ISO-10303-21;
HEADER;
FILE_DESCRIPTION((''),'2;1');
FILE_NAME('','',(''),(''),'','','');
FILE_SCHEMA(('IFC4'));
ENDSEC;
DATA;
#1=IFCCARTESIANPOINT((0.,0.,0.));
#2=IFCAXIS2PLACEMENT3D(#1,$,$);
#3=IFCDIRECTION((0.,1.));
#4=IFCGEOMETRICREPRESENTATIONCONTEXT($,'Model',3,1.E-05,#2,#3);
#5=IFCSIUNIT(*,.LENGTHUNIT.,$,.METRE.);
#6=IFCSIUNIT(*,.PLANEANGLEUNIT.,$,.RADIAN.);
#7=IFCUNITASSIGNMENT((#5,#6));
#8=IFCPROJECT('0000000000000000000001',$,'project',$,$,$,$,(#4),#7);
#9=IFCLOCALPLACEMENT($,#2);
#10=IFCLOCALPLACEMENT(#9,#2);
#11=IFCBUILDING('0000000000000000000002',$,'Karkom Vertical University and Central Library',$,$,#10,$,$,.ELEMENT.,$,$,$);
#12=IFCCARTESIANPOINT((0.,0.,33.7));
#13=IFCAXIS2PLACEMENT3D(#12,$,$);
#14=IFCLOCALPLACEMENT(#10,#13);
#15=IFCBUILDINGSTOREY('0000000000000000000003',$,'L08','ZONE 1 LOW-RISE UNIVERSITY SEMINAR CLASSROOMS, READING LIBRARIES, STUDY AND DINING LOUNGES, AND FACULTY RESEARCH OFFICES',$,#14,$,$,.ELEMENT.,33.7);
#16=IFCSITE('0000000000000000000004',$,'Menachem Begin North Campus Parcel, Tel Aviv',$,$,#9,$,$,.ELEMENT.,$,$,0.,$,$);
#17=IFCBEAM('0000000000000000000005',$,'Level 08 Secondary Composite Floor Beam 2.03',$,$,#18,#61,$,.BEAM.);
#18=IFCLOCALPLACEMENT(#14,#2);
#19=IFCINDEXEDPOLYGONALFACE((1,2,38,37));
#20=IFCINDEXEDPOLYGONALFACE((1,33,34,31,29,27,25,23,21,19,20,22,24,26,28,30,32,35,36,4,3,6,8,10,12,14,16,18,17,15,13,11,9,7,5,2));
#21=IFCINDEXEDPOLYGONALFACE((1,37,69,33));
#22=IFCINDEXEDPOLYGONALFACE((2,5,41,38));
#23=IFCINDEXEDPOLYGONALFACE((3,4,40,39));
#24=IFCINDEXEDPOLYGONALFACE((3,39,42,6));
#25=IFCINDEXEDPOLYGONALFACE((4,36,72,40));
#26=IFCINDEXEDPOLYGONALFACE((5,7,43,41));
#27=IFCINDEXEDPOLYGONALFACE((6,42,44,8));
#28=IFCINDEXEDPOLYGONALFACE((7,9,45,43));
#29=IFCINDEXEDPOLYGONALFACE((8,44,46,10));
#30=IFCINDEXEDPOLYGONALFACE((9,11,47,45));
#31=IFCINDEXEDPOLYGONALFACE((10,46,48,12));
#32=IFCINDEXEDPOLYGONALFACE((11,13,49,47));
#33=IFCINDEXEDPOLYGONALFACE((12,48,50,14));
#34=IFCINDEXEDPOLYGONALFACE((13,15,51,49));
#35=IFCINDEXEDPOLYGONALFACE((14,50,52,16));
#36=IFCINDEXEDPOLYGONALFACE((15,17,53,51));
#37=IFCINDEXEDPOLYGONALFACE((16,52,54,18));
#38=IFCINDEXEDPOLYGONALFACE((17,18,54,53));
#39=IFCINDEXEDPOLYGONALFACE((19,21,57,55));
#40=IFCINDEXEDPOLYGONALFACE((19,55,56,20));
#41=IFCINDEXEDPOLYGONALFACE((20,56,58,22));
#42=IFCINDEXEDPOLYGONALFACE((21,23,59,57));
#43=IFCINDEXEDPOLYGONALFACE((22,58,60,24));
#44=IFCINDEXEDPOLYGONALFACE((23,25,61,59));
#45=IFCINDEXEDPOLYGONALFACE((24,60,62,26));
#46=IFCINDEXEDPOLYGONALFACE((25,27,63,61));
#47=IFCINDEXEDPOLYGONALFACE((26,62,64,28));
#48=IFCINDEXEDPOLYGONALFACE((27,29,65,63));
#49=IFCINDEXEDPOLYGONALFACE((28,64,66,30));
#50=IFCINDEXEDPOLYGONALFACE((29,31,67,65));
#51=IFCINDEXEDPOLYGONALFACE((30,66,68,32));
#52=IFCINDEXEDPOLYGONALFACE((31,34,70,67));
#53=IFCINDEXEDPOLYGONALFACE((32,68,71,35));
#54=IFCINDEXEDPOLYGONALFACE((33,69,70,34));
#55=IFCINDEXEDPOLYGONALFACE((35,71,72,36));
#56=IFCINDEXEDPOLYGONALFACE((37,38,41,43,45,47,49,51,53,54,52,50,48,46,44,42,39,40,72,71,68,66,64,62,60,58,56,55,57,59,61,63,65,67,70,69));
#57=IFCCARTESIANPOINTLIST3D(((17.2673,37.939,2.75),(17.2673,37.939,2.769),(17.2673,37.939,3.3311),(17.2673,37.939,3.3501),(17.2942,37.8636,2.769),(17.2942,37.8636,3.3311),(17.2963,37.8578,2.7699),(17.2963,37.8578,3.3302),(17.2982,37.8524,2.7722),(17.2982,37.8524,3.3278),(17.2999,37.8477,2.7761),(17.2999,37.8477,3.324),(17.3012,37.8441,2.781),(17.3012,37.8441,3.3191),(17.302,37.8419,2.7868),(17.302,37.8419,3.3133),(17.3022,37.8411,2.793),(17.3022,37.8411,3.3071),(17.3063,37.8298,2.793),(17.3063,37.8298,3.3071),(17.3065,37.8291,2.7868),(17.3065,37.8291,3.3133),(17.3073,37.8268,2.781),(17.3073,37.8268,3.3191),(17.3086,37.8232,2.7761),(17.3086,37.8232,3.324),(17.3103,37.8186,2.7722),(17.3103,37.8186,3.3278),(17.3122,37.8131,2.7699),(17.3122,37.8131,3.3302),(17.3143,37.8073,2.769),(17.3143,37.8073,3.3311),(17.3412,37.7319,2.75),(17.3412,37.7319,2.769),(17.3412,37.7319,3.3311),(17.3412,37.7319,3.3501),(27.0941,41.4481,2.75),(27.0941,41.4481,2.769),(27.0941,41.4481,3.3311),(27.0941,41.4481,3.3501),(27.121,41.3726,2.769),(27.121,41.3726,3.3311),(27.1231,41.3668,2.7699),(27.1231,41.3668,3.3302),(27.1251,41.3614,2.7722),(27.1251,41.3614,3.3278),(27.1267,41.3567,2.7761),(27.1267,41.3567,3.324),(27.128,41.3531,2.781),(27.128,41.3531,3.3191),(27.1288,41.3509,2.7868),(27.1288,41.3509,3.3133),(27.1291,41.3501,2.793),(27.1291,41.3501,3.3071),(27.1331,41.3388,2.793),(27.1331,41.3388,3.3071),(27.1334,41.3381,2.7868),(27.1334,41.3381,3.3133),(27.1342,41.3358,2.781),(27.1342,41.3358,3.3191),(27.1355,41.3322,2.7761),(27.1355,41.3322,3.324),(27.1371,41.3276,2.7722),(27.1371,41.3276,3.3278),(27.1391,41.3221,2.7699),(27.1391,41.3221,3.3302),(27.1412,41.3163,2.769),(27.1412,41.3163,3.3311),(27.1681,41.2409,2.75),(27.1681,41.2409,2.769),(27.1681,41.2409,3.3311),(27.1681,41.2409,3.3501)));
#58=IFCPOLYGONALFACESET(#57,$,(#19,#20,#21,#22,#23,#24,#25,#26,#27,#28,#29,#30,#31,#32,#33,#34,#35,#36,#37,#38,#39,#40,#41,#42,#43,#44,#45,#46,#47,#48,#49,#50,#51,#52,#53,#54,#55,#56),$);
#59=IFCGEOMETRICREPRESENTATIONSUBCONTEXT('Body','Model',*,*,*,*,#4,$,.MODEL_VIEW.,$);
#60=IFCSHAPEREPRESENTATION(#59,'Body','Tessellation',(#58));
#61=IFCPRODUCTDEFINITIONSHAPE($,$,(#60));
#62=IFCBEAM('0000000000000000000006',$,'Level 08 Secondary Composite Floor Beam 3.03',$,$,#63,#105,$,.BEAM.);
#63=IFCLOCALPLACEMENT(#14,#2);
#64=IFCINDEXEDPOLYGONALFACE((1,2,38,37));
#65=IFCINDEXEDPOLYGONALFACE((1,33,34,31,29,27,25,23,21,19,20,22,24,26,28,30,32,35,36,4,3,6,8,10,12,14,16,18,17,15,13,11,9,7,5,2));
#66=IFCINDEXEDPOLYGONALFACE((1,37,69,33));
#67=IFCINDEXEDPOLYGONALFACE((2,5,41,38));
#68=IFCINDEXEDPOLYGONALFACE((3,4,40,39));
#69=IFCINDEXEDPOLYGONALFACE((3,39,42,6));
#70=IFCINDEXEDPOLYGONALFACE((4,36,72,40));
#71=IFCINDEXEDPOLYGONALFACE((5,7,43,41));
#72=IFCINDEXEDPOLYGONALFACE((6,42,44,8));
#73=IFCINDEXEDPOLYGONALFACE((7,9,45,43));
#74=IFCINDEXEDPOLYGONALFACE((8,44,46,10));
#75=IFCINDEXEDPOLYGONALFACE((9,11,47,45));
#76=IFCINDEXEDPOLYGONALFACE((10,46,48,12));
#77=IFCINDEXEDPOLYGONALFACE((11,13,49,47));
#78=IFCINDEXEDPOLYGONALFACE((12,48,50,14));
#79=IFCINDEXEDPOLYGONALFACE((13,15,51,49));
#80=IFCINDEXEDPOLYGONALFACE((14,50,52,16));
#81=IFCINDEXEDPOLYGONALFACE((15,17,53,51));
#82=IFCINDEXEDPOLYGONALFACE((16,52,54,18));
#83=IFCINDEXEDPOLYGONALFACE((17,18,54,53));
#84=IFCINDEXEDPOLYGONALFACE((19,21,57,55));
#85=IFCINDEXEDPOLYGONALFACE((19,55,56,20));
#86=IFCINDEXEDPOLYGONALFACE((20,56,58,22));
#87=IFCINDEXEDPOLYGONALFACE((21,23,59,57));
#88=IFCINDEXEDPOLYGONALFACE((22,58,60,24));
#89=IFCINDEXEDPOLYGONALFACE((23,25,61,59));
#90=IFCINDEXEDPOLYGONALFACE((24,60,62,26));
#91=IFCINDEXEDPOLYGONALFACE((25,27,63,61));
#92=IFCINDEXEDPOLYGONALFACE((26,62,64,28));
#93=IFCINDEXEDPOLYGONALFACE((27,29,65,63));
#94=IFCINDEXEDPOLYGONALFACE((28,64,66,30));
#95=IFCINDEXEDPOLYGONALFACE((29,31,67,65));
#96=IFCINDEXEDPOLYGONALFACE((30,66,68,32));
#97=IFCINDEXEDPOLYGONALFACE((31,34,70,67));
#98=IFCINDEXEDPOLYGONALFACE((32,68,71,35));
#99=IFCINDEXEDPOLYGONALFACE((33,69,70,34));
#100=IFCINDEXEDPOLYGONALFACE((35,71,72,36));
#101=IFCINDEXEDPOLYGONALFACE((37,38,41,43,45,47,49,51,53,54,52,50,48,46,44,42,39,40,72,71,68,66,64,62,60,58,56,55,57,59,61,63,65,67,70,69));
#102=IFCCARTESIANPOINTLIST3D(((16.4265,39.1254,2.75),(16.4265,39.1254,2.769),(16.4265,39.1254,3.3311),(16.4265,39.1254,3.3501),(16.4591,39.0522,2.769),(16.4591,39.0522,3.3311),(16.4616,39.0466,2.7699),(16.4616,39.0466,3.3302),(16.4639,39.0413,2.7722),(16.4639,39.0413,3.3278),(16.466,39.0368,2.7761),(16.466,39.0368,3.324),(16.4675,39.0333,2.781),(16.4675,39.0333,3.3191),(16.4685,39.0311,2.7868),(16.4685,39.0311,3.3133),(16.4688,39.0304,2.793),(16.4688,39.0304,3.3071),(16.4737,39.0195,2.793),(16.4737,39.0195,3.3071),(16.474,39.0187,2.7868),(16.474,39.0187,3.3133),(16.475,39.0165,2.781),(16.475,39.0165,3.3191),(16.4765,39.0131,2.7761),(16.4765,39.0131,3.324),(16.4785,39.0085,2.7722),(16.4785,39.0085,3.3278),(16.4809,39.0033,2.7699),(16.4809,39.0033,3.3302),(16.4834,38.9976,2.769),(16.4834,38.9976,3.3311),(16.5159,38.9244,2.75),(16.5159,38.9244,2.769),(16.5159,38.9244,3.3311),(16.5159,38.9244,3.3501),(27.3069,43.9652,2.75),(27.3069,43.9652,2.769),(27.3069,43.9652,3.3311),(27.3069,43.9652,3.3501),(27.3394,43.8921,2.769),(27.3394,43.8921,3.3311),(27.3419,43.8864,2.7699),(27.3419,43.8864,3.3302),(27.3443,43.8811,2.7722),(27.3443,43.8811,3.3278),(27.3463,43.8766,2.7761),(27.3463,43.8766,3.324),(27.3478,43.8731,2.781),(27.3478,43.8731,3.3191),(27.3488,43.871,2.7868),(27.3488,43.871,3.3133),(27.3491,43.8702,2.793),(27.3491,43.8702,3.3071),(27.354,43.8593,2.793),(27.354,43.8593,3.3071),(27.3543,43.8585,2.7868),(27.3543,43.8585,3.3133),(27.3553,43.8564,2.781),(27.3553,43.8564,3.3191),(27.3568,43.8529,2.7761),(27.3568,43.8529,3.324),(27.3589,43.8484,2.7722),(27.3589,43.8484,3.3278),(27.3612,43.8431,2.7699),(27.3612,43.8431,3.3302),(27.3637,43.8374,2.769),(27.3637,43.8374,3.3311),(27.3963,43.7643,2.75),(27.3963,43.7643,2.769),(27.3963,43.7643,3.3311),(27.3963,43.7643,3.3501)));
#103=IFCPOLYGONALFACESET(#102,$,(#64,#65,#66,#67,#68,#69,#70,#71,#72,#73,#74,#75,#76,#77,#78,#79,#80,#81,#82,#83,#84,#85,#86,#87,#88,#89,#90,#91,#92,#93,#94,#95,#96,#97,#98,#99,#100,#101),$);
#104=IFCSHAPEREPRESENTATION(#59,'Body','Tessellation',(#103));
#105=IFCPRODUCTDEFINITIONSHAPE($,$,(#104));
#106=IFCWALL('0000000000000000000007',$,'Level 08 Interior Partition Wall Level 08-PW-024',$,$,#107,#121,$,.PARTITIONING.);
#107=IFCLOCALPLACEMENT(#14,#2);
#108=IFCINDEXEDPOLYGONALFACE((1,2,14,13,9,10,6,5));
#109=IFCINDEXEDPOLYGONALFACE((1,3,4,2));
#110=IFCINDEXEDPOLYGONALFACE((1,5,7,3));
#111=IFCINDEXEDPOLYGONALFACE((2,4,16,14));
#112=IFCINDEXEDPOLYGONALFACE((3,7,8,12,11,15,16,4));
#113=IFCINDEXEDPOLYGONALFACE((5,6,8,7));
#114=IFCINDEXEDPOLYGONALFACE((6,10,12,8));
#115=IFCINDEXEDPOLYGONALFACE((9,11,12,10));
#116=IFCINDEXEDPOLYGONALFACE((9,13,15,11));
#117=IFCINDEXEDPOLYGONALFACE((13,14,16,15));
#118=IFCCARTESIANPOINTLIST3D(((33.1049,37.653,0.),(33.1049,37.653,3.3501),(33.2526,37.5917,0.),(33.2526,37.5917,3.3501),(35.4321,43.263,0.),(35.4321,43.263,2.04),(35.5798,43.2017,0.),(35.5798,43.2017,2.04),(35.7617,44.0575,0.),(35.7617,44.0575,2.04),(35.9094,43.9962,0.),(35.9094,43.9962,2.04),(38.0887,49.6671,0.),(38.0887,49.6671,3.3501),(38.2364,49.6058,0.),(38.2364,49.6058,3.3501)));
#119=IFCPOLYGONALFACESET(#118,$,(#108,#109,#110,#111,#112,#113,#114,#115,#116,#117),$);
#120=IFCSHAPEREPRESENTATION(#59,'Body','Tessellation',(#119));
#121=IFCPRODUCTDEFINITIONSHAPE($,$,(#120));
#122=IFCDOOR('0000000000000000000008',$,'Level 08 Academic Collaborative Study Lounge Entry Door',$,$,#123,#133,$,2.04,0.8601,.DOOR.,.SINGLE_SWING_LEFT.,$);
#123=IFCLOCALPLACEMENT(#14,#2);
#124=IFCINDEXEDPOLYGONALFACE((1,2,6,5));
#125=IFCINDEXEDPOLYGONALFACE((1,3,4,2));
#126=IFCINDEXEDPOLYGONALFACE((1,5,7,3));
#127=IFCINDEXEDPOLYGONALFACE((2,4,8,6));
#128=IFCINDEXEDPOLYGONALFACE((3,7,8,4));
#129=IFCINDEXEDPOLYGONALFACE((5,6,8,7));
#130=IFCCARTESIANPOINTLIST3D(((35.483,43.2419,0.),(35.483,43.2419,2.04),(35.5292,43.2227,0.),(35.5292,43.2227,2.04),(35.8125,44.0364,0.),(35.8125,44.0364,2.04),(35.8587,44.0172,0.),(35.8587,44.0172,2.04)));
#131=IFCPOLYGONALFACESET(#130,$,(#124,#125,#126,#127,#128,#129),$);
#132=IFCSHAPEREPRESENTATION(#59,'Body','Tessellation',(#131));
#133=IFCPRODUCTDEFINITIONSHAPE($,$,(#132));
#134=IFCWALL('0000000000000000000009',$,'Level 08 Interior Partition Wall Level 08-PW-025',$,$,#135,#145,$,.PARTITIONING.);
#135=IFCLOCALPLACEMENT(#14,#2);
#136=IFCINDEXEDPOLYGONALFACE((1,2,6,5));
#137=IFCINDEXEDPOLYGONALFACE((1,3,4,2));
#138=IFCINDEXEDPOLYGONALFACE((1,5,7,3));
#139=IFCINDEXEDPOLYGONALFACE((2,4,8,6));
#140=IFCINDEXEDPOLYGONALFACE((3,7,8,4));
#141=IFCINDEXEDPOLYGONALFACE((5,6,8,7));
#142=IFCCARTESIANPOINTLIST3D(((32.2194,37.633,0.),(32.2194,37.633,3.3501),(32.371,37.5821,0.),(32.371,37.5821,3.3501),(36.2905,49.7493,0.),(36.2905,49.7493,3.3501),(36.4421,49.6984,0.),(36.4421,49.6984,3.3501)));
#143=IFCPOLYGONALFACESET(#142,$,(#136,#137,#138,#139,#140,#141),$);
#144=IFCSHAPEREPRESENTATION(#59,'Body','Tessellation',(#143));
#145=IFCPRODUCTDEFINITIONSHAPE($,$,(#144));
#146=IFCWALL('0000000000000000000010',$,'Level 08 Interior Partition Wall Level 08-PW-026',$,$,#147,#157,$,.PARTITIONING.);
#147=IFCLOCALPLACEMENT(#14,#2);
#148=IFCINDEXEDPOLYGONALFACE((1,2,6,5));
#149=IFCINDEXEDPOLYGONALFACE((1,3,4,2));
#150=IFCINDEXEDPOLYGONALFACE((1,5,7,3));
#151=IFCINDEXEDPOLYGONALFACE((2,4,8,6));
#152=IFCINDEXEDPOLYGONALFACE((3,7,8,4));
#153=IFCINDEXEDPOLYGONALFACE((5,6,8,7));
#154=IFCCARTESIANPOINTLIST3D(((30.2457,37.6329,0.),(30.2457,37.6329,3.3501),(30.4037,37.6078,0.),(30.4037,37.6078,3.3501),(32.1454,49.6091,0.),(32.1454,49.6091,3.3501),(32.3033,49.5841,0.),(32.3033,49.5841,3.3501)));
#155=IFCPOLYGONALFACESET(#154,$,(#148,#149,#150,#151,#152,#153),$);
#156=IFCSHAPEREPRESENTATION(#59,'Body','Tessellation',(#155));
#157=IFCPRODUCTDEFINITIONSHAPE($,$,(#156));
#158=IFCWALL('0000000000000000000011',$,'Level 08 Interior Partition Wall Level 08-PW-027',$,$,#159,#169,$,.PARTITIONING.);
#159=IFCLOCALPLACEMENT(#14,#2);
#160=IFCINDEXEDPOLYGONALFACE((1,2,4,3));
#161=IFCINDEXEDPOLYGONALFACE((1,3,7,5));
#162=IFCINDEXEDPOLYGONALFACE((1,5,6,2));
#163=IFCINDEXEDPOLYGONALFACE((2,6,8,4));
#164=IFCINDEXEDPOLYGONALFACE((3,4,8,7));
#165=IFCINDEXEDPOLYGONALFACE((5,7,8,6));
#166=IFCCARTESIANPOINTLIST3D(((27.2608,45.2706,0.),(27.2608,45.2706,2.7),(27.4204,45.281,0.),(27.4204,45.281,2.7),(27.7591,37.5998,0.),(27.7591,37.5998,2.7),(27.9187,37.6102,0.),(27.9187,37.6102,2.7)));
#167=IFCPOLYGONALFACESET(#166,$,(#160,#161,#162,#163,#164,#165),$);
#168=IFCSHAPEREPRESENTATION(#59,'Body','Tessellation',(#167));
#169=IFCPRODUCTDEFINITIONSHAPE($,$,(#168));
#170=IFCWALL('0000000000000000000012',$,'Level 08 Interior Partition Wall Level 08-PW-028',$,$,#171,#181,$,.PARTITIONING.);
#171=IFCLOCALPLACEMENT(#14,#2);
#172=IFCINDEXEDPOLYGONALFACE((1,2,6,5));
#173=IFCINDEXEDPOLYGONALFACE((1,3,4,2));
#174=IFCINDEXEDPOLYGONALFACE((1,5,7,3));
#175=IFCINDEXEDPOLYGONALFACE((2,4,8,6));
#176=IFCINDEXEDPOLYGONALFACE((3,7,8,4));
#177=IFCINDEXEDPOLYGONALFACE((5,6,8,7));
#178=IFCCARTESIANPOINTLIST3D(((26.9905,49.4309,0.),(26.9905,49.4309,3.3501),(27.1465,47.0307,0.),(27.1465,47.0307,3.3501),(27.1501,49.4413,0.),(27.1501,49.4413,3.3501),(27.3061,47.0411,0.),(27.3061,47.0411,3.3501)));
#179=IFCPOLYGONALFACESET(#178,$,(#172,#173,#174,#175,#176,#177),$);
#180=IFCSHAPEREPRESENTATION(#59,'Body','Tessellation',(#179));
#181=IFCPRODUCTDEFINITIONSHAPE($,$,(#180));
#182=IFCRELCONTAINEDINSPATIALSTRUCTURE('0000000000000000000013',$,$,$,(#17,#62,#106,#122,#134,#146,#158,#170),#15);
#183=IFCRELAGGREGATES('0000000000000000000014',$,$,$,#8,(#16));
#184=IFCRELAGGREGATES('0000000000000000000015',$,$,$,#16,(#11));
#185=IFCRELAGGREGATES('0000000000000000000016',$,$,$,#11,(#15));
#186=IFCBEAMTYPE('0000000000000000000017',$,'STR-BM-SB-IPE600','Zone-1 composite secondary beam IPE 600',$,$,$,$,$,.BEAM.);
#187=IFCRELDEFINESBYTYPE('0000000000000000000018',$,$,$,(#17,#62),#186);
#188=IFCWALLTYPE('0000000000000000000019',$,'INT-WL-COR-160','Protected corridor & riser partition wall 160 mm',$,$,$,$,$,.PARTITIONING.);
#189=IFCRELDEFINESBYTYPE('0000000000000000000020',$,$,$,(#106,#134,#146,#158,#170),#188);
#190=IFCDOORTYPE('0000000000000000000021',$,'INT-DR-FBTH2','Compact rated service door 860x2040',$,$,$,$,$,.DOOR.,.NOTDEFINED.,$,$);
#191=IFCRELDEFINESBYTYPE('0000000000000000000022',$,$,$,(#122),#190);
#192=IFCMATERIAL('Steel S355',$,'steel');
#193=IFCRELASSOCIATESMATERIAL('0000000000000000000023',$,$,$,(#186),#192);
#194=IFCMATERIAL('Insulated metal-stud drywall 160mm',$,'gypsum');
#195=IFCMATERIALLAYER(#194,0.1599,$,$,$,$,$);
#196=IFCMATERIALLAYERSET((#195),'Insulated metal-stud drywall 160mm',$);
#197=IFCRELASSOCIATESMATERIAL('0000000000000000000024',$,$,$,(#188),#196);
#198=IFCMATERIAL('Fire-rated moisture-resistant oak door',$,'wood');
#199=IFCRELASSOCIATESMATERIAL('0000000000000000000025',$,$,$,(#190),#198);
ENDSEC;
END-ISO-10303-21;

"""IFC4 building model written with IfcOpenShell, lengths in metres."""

from ifc_helpers import new_model, si_unit, direction, frame, frame_2d, origin, origin_with_axes, origin_2d, place, context, subcontext, project, spatial, rectangle, i_section, extrude, source, transform, mapped, material, layer, layer_set, material_profile, profile_set, type_object, element, fill, save


model = new_model("IFC4")

# Units and contexts
model_context = context("Model", 3, precision=1e-05, world=origin(), true_north=direction((0.0, 1.0)))
body_context = subcontext(model_context, "Body", "Model", "MODEL_VIEW")
ifc_project = project(units=[si_unit("LENGTHUNIT", "METRE"), si_unit("PLANEANGLEUNIT", "RADIAN")], contexts=[model_context])

# Site, building, storey
site_placement = place(None, origin())
site = spatial("IfcSite", under=ifc_project, at=site_placement, Name="Menachem Begin North Campus Parcel, Tel Aviv", CompositionType="ELEMENT", RefElevation=0.0)
building_placement = place(site_placement, origin())
building = spatial("IfcBuilding", under=site, at=building_placement, Name="Karkom Vertical University and Central Library", CompositionType="ELEMENT")
storey_placement = place(building_placement, frame((0.0, 0.0, 33.7)))
storey = spatial("IfcBuildingStorey", under=building, at=storey_placement, Name="L08", Description="ZONE 1 LOW-RISE UNIVERSITY SEMINAR CLASSROOMS, READING LIBRARIES, STUDY AND DINING LOUNGES, AND FACULTY RESEARCH OFFICES", CompositionType="ELEMENT", Elevation=33.7)

# Beams
ifc_material_1 = material(Name="Steel S355", Category="steel")
ifc_material_profile_1 = material_profile(ifc_material_1, i_section(OverallWidth=0.22, OverallDepth=0.6001, WebThickness=0.012, FlangeThickness=0.019, FilletRadius=0.0239, at=origin_2d()), Name="IPE 600")
ifc_profile_set_1 = profile_set([ifc_material_profile_1], Name="Steel S355")
beam_type_1 = type_object("IfcBeamType", Name="STR-BM-SB-IPE600", Description="Zone-1 composite secondary beam IPE 600", PredefinedType="BEAM", material=ifc_profile_set_1)
shared_shape_1 = source(origin_with_axes(), body_context, "Body", "SweptSolid", [
    extrude(i_section(OverallWidth=0.22, OverallDepth=0.6001, WebThickness=0.012, FlangeThickness=0.019, FilletRadius=0.0239, at=origin_2d()), origin(), (0.0, 0.0, 1.0), 10.4346),
])
beam_1_placement = place(storey_placement, frame((27.1311, 41.3445, 3.05), z_axis=(-0.941759, -0.336287, 0.0), x_axis=(0.336287, -0.941759, 0.0)))
element("IfcBeam", 1, at=beam_1_placement, inside=storey, type_object=beam_type_1, Name="Level 08 Secondary Composite Floor Beam 2.03", PredefinedType="BEAM", context=body_context, shape_type="MappedRepresentation", body=[
    mapped(shared_shape_1, transform((0.0, 0.0, 0.0), scale=1.0)),
])
shared_shape_2 = source(origin_with_axes(), body_context, "Body", "SweptSolid", [
    extrude(i_section(OverallWidth=0.22, OverallDepth=0.6001, WebThickness=0.012, FlangeThickness=0.019, FilletRadius=0.0239, at=origin_2d()), origin(), (0.0, 0.0, 1.0), 11.9082),
])
beam_2_placement = place(storey_placement, frame((27.3516, 43.8647, 3.05), z_axis=(-0.913683, -0.406428, 0.0), x_axis=(0.406428, -0.913683, 0.0)))
element("IfcBeam", 2, at=beam_2_placement, inside=storey, type_object=beam_type_1, Name="Level 08 Secondary Composite Floor Beam 3.03", PredefinedType="BEAM", context=body_context, shape_type="MappedRepresentation", body=[
    mapped(shared_shape_2, transform((0.0, 0.0, 0.0), scale=1.0)),
])

# Wall, opening, door
ifc_material_2 = material(Name="Insulated metal-stud drywall 160mm", Category="gypsum")
ifc_layer_1 = layer(ifc_material_2, 0.1599)
ifc_layer_set_1 = layer_set([ifc_layer_1], Name="Insulated metal-stud drywall 160mm")
wall_type_1 = type_object("IfcWallType", Name="INT-WL-COR-160", Description="Protected corridor & riser partition wall 160 mm", PredefinedType="PARTITIONING", material=ifc_layer_set_1)
wall_1_placement = place(storey_placement, frame((33.1787, 37.6223, 0.0), z_axis=(0.0, 0.0, 1.0), x_axis=(0.383173, 0.923677, 0.0)))
wall_1 = element("IfcWall", 3, at=wall_1_placement, inside=storey, type_object=wall_type_1, Name="Level 08 Interior Partition Wall Level 08-PW-024", PredefinedType="PARTITIONING", context=body_context, shape_type="SweptSolid", body=[
    extrude(rectangle(XDim=13.0068, YDim=0.1599, at=frame_2d((6.5034, 0.0))), origin(), (0.0, 0.0, 1.0), 3.3501),
])
opening_1_placement = place(wall_1_placement, frame((6.0735, 0.0, 0.0)))
opening_1 = element("IfcOpeningElement", 4, at=opening_1_placement, cuts=wall_1, PredefinedType="OPENING", context=body_context, shape_type="SweptSolid", body=[
    extrude(rectangle(XDim=0.8601, YDim=2.04, at=frame_2d((0.4302, 1.02))), frame((0.0, 0.0898, 0.0), z_axis=(0.0, -1.0, 0.0), x_axis=(1.0, 0.0, 0.0)), (0.0, 0.0, 1.0), 0.1799),
])
ifc_material_3 = material(Name="Fire-rated moisture-resistant oak door", Category="wood")
door_type_1 = type_object("IfcDoorType", Name="INT-DR-FBTH2", Description="Compact rated service door 860x2040", OperationType="NOTDEFINED", PredefinedType="DOOR", material=ifc_material_3)
shared_shape_3 = source(origin_with_axes(), body_context, "Body", "SweptSolid", [
    extrude(rectangle(XDim=0.8601, YDim=2.04, at=frame_2d((0.4302, 1.02))), frame((0.0, 0.0249, 0.0), z_axis=(0.0, -1.0, 0.0), x_axis=(1.0, 0.0, 0.0)), (0.0, 0.0, 1.0), 0.05),
])
door_1_placement = place(opening_1_placement, origin())
door_1 = element("IfcDoor", 5, at=door_1_placement, inside=storey, type_object=door_type_1, Name="Level 08 Academic Collaborative Study Lounge Entry Door", OperationType="SINGLE_SWING_LEFT", OverallHeight=2.04, OverallWidth=0.8601, PredefinedType="DOOR", context=body_context, shape_type="MappedRepresentation", body=[
    mapped(shared_shape_3, transform((0.0, 0.0, 0.0), scale=1.0)),
])
fill(opening_1, door_1)

# Walls
wall_2_placement = place(storey_placement, frame((32.2952, 37.6074, 0.0), z_axis=(0.0, 0.0, 1.0), x_axis=(0.318502, 0.947922, 0.0)))
element("IfcWall", 6, at=wall_2_placement, inside=storey, type_object=wall_type_1, Name="Level 08 Interior Partition Wall Level 08-PW-025", PredefinedType="PARTITIONING", context=body_context, shape_type="SweptSolid", body=[
    extrude(rectangle(XDim=12.782, YDim=0.1599, at=frame_2d((6.3911, 0.0))), origin(), (0.0, 0.0, 1.0), 3.3501),
])
wall_3_placement = place(storey_placement, frame((30.3247, 37.6204, 0.0), z_axis=(0.0, 0.0, 1.0), x_axis=(0.156659, 0.987653, 0.0)))
element("IfcWall", 7, at=wall_3_placement, inside=storey, type_object=wall_type_1, Name="Level 08 Interior Partition Wall Level 08-PW-026", PredefinedType="PARTITIONING", context=body_context, shape_type="SweptSolid", body=[
    extrude(rectangle(XDim=12.126, YDim=0.1599, at=frame_2d((6.063, 0.0))), origin(), (0.0, 0.0, 1.0), 3.3501),
])
wall_4_placement = place(storey_placement, frame((27.8389, 37.605, 0.0), z_axis=(0.0, 0.0, 1.0), x_axis=(-0.064822, 0.997897, 0.0)))
element("IfcWall", 8, at=wall_4_placement, inside=storey, type_object=wall_type_1, Name="Level 08 Interior Partition Wall Level 08-PW-027", PredefinedType="PARTITIONING", context=body_context, shape_type="SweptSolid", body=[
    extrude(rectangle(XDim=7.687, YDim=0.1599, at=frame_2d((3.8435, 0.0))), origin(), (0.0, 0.0, 1.0), 2.7),
])
wall_5_placement = place(storey_placement, frame((27.2263, 47.0359, 0.0), z_axis=(0.0, 0.0, 1.0), x_axis=(-0.064862, 0.997894, 0.0)))
element("IfcWall", 9, at=wall_5_placement, inside=storey, type_object=wall_type_1, Name="Level 08 Interior Partition Wall Level 08-PW-028", PredefinedType="PARTITIONING", context=body_context, shape_type="SweptSolid", body=[
    extrude(rectangle(XDim=2.4053, YDim=0.1599, at=frame_2d((1.2026, 0.0))), origin(), (0.0, 0.0, 1.0), 3.3501),
])

save(model, "model.ifc")
